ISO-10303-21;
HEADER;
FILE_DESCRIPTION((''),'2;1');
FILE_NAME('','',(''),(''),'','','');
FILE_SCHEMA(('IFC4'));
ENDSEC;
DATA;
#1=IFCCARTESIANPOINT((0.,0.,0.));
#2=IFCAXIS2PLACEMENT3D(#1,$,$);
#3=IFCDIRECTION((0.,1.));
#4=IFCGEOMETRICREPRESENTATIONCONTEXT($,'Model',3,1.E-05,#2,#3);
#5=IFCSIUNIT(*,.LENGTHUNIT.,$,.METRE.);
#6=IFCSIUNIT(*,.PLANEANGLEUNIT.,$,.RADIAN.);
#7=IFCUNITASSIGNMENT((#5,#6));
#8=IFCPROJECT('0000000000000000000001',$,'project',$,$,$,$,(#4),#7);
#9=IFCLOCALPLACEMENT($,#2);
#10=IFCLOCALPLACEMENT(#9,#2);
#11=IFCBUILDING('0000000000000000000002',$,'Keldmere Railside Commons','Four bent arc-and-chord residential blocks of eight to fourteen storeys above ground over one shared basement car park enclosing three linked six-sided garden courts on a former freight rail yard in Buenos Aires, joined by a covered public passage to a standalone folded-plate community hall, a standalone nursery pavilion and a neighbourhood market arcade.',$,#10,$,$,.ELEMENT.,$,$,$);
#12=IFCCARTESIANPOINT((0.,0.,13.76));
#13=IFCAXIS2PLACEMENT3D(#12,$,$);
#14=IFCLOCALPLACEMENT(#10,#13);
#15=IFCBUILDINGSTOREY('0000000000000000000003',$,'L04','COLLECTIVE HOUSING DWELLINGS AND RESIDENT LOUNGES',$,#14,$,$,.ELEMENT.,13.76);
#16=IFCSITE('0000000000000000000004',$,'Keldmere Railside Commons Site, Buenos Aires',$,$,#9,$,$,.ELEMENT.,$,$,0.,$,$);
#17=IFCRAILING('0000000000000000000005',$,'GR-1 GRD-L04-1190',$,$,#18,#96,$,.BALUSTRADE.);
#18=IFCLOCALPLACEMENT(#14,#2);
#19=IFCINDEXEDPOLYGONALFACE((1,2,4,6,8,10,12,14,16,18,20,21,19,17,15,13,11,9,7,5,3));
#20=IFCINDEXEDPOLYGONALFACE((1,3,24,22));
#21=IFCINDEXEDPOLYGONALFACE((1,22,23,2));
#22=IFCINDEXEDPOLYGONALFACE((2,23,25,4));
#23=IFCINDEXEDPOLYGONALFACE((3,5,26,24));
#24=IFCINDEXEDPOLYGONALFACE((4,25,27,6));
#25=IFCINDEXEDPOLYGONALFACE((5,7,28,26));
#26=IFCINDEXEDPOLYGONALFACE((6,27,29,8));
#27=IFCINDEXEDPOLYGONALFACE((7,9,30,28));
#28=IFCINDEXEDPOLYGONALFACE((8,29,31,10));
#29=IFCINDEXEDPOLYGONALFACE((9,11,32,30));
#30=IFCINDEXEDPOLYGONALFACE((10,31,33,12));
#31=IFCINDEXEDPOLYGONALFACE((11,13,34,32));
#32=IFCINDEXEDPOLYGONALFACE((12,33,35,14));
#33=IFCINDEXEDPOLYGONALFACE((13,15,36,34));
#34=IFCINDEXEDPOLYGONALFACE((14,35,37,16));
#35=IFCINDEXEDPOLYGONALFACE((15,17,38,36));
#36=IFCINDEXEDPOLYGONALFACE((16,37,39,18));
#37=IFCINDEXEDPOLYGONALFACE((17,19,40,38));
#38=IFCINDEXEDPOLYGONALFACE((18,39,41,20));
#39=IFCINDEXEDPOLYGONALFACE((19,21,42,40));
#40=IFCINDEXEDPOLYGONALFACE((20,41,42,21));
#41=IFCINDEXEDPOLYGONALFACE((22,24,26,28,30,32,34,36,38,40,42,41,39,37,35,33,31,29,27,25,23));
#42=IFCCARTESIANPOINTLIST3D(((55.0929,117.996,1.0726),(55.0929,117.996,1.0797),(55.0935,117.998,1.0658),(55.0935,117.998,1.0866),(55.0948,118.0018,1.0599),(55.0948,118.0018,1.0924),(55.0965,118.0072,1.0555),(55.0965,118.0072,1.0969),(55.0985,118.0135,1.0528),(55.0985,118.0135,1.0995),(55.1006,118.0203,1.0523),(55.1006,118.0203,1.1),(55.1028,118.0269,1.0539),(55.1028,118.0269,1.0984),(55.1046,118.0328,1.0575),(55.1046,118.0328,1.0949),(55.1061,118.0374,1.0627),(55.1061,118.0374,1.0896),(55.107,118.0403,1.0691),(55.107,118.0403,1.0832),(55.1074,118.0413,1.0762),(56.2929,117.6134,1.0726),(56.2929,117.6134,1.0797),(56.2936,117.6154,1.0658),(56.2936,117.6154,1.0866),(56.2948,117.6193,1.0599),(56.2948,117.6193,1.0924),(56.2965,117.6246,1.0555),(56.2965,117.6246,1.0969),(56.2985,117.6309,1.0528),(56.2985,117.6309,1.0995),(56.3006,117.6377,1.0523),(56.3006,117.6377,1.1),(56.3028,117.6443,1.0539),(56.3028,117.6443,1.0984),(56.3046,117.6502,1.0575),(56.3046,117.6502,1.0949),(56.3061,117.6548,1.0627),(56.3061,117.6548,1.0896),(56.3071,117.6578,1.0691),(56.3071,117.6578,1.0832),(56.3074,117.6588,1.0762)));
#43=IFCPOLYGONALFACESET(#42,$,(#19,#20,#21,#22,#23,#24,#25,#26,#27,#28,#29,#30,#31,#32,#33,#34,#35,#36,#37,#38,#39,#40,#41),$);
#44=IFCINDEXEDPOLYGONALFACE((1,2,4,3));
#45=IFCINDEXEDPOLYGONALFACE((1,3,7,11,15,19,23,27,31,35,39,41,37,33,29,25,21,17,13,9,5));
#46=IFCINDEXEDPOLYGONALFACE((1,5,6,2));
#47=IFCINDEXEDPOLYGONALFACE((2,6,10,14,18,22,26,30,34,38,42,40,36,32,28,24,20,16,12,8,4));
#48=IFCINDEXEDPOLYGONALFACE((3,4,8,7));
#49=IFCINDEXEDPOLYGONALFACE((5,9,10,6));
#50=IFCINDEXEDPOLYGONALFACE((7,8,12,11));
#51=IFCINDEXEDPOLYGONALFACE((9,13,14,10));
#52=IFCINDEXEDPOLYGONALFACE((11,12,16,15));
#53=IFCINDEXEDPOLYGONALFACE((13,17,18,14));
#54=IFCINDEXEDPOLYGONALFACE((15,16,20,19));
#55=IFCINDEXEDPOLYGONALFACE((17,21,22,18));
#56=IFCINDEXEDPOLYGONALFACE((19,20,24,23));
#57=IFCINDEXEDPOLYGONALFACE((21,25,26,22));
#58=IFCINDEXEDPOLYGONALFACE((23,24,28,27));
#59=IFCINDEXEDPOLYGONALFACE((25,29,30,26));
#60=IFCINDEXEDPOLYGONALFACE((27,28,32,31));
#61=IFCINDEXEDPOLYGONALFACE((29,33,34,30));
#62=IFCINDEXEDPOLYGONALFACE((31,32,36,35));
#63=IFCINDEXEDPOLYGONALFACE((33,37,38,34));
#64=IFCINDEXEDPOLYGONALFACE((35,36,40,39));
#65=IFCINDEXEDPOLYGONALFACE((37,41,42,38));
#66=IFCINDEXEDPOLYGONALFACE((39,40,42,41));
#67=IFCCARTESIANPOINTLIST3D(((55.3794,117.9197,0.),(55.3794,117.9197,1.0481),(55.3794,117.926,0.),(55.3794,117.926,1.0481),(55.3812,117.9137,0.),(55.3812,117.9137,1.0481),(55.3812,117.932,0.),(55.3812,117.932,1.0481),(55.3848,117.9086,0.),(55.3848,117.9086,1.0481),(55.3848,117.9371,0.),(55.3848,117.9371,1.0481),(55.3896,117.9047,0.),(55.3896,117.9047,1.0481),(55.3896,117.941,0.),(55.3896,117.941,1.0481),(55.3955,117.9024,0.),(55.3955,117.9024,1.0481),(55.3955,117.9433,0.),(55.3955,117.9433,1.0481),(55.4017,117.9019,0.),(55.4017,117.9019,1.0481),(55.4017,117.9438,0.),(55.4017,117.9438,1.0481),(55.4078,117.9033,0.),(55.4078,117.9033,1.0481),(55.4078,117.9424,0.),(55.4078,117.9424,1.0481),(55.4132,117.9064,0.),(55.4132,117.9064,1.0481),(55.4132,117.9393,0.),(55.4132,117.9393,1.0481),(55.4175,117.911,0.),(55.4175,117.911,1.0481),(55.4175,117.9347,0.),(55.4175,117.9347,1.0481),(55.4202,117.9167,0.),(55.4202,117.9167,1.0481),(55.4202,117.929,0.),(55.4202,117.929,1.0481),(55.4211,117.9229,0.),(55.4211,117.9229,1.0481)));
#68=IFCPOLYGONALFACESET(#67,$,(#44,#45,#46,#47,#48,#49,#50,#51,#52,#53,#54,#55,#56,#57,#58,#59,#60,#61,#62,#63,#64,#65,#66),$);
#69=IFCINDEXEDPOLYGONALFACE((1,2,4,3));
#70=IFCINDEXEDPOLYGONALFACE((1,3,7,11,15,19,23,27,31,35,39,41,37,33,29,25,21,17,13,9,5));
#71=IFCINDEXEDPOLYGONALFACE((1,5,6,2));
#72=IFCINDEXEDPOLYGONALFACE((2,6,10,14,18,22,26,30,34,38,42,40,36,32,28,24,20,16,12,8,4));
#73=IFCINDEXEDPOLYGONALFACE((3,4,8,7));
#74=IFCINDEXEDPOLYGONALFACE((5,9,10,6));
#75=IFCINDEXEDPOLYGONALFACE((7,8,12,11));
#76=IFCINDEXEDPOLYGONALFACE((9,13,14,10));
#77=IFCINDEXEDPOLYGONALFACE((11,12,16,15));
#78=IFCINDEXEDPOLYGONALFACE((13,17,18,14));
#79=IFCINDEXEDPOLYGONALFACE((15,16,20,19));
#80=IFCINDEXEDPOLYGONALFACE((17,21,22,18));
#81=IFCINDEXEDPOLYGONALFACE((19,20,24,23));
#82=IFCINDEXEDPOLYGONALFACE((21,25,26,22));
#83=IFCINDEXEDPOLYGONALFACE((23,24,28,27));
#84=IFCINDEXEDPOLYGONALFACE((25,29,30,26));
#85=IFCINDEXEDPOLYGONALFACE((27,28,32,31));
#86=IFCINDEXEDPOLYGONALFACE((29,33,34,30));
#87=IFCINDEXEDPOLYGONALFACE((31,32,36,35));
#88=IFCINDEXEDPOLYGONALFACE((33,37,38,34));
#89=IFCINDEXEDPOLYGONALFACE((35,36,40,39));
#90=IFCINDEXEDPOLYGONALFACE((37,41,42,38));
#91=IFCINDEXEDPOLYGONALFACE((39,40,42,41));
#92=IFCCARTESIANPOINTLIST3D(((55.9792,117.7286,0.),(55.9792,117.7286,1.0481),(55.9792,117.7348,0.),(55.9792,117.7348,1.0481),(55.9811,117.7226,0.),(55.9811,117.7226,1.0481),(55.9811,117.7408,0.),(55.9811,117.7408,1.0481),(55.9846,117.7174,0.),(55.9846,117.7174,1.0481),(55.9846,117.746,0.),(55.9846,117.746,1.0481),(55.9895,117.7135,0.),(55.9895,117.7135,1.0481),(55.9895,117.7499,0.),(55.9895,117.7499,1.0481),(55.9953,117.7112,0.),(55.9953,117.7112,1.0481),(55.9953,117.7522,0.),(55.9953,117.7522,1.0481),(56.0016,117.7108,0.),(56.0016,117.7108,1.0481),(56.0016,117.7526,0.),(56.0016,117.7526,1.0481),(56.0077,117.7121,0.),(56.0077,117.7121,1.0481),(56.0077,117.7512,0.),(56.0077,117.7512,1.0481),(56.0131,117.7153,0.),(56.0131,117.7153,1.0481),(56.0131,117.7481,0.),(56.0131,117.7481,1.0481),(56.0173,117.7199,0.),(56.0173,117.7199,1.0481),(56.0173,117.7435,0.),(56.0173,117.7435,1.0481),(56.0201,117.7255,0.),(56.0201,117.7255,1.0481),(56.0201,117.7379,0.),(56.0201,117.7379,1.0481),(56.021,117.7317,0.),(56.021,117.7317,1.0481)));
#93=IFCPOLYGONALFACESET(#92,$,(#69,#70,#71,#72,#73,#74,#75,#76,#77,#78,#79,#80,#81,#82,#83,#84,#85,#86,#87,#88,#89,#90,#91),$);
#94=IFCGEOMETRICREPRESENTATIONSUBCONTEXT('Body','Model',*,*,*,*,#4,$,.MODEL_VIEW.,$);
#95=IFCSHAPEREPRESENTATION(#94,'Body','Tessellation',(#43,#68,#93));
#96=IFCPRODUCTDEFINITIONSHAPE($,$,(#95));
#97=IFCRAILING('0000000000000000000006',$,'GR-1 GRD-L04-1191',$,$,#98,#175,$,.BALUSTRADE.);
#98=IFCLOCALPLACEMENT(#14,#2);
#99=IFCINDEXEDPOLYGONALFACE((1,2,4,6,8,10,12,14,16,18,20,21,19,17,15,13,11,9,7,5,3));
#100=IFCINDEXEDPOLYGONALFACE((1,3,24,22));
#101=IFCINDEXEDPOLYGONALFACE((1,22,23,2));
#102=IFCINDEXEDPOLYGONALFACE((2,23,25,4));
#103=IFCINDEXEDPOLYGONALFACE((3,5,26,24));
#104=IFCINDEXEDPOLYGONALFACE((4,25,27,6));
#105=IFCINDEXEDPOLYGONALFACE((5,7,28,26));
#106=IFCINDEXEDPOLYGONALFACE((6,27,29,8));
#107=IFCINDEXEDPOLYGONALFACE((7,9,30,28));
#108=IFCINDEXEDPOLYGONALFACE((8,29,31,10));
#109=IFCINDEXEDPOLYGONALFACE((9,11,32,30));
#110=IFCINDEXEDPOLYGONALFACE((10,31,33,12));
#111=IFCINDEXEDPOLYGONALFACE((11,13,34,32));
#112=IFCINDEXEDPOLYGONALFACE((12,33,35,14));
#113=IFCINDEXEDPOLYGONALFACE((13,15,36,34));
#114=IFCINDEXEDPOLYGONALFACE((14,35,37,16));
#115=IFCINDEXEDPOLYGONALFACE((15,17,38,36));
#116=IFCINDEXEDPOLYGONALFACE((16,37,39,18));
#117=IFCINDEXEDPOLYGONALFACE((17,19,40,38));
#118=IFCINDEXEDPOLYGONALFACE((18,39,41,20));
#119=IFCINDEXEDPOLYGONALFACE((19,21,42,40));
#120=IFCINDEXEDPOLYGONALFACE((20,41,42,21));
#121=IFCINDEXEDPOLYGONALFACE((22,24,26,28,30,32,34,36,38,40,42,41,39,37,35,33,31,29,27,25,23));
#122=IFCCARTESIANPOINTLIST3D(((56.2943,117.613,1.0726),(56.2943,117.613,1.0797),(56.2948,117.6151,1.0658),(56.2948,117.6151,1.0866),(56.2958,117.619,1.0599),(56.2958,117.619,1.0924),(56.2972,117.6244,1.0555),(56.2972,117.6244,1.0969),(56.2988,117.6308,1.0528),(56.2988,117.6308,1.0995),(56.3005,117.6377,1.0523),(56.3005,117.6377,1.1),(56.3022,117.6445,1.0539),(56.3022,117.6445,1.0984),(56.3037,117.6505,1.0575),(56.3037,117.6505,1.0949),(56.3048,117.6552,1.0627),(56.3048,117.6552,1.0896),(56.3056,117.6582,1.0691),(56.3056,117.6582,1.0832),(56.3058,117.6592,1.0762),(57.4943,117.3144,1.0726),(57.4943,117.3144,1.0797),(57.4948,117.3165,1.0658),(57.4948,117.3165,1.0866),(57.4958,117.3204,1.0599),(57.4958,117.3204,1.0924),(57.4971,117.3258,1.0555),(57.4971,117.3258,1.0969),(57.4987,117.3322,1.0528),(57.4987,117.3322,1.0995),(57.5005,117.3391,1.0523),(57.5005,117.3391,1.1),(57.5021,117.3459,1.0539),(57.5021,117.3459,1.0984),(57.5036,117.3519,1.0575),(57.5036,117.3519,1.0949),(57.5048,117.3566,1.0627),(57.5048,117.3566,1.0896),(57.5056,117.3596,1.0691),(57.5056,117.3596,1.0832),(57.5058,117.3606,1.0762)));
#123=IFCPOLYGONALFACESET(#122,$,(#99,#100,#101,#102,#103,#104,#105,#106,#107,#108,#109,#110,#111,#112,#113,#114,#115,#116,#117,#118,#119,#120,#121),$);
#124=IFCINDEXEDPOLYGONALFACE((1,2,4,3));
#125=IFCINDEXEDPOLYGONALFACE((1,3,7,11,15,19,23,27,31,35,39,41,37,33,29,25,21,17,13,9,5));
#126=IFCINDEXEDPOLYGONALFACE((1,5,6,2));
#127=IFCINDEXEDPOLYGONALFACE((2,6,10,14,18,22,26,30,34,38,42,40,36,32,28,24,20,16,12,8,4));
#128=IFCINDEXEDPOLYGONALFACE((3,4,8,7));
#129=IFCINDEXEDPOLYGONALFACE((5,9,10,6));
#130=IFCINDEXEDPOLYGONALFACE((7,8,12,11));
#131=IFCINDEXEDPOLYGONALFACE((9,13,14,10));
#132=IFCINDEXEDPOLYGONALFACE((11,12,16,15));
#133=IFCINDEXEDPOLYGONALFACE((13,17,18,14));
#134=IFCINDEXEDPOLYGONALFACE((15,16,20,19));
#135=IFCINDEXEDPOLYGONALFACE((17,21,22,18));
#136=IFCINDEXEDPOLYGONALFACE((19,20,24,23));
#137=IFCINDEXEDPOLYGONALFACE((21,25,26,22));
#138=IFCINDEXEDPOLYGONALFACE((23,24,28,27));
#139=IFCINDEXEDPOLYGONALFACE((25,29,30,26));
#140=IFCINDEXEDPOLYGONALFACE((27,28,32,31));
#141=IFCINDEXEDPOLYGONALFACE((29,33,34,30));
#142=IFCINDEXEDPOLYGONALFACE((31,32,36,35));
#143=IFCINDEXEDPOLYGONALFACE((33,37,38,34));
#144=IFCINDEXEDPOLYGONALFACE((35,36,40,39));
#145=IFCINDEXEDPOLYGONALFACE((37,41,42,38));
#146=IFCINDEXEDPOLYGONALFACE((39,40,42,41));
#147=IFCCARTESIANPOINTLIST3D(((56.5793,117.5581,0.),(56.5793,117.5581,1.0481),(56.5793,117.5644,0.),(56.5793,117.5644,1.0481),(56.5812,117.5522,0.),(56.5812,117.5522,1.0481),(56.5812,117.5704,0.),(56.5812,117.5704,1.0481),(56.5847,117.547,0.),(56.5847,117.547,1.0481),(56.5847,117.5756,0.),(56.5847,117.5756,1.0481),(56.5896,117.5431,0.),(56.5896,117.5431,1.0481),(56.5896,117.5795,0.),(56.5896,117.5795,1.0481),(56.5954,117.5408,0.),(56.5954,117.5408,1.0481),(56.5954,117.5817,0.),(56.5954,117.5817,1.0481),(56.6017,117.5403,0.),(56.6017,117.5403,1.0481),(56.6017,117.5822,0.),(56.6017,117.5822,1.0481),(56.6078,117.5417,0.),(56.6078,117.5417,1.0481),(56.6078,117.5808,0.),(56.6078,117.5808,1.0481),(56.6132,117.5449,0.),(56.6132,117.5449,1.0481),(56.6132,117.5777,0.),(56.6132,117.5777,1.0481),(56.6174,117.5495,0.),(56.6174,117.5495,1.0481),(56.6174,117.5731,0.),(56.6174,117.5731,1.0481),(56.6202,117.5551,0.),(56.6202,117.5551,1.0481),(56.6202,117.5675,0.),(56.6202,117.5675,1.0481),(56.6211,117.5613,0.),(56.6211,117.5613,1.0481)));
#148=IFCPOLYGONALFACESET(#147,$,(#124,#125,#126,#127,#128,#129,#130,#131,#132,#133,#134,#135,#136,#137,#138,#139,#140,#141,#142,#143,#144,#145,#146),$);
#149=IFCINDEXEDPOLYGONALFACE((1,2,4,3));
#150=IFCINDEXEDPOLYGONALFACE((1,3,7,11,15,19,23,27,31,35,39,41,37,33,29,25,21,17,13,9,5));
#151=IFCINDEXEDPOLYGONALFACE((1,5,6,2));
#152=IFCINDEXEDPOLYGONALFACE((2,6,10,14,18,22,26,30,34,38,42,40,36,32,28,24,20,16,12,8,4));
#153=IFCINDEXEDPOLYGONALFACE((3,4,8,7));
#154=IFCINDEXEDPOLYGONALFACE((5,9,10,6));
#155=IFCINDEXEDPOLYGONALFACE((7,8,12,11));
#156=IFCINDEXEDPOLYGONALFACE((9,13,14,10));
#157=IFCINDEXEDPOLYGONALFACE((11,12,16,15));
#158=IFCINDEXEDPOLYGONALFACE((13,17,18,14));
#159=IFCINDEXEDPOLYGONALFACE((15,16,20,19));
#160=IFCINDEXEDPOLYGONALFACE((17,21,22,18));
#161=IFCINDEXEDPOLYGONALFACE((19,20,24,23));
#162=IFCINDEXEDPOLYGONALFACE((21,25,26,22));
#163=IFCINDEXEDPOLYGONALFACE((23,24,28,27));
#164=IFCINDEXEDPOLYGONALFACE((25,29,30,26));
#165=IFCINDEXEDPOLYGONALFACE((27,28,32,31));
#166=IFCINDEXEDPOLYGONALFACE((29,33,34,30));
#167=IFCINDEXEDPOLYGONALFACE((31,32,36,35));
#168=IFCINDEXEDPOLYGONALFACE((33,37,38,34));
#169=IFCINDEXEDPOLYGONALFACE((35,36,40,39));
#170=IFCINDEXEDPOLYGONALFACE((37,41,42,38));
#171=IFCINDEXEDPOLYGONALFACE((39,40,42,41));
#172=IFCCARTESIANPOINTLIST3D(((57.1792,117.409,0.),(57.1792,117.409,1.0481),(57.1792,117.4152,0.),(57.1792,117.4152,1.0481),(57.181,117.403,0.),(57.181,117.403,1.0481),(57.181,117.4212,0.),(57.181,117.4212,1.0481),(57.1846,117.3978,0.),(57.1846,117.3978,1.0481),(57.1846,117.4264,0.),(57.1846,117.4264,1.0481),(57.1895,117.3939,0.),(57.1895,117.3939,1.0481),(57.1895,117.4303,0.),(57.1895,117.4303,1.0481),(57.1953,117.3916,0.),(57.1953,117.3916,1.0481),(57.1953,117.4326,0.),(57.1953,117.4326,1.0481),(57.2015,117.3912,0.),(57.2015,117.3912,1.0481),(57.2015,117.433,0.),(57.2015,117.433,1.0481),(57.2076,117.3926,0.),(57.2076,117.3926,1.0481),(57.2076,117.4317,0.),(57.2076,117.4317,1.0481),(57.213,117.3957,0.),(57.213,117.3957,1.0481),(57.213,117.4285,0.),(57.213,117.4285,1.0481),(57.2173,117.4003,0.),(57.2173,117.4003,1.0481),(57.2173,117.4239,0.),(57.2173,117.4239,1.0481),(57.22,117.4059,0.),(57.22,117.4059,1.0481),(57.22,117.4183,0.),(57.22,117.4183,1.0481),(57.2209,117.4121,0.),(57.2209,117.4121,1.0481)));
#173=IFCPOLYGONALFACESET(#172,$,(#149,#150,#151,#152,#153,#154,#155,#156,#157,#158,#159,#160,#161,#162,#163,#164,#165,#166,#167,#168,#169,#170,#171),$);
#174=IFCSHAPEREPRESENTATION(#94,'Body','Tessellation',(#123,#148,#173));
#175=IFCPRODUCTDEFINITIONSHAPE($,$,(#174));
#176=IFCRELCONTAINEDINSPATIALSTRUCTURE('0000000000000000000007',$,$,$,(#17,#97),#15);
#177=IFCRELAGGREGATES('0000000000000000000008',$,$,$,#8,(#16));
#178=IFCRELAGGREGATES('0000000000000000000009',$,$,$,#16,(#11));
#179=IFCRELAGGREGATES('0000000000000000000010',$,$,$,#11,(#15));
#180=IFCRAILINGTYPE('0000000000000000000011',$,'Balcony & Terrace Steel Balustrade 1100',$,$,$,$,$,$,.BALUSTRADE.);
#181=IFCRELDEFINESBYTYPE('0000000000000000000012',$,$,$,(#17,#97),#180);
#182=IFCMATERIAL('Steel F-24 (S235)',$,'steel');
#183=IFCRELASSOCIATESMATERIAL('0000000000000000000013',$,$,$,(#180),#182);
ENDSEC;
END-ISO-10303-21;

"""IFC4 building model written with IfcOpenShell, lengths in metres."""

from ifc_helpers import new_model, si_unit, direction, frame, origin, origin_2d, place, context, subcontext, project, spatial, circle, extrude, material, type_object, element, save


model = new_model("IFC4")

# Units and contexts
model_context = context("Model", 3, precision=1e-05, world=origin(), true_north=direction((0.0, 1.0)))
body_context = subcontext(model_context, "Body", "Model", "MODEL_VIEW")
ifc_project = project(units=[si_unit("LENGTHUNIT", "METRE"), si_unit("PLANEANGLEUNIT", "RADIAN")], contexts=[model_context])

# Site, building, storey
site_placement = place(None, origin())
site = spatial("IfcSite", under=ifc_project, at=site_placement, Name="Keldmere Railside Commons Site, Buenos Aires", CompositionType="ELEMENT", RefElevation=0.0)
building_placement = place(site_placement, origin())
building = spatial("IfcBuilding", under=site, at=building_placement, Name="Keldmere Railside Commons", Description="Four bent arc-and-chord residential blocks of eight to fourteen storeys above ground over one shared basement car park enclosing three linked six-sided garden courts on a former freight rail yard in Buenos Aires, joined by a covered public passage to a standalone folded-plate community hall, a standalone nursery pavilion and a neighbourhood market arcade.", CompositionType="ELEMENT")
storey_placement = place(building_placement, frame((0.0, 0.0, 13.76)))
storey = spatial("IfcBuildingStorey", under=building, at=storey_placement, Name="L04", Description="COLLECTIVE HOUSING DWELLINGS AND RESIDENT LOUNGES", CompositionType="ELEMENT", Elevation=13.76)

# Railings
ifc_material_1 = material(Name="Steel F-24 (S235)", Category="steel")
railing_type = type_object("IfcRailingType", Name="Balcony & Terrace Steel Balustrade 1100", PredefinedType="BALUSTRADE", material=ifc_material_1)
railing_1_placement = place(storey_placement, frame((55.1001, 118.0186, 0.0)))
element("IfcRailing", 1, at=railing_1_placement, inside=storey, type_object=railing_type, Name="GR-1 GRD-L04-1190", PredefinedType="BALUSTRADE", context=body_context, shape_type="SweptSolid", body=[
    extrude(circle(Radius=0.0239, at=origin_2d()), frame((0.0, 0.0, 1.0762), z_axis=(0.95275, -0.303756, 0.0), x_axis=(0.303756, 0.95275, 0.0)), (0.0, 0.0, 1.0), 1.2595),
    extrude(circle(Radius=0.021, at=origin_2d()), frame((0.3, -0.0957, 0.0)), (0.0, 0.0, 1.0), 1.0481),
    extrude(circle(Radius=0.021, at=origin_2d()), frame((0.8999, -0.2869, 0.0)), (0.0, 0.0, 1.0), 1.0481),
])
railing_2_placement = place(storey_placement, frame((56.3, 117.636, 0.0)))
element("IfcRailing", 2, at=railing_2_placement, inside=storey, type_object=railing_type, Name="GR-1 GRD-L04-1191", PredefinedType="BALUSTRADE", context=body_context, shape_type="SweptSolid", body=[
    extrude(circle(Radius=0.0239, at=origin_2d()), frame((0.0, 0.0, 1.0762), z_axis=(0.970409, -0.241467, 0.0), x_axis=(0.241467, 0.970409, 0.0)), (0.0, 0.0, 1.0), 1.2366),
    extrude(circle(Radius=0.021, at=origin_2d()), frame((0.3, -0.0747, 0.0)), (0.0, 0.0, 1.0), 1.0481),
    extrude(circle(Radius=0.021, at=origin_2d()), frame((0.8999, -0.2239, 0.0)), (0.0, 0.0, 1.0), 1.0481),
])

save(model, "model.ifc")
